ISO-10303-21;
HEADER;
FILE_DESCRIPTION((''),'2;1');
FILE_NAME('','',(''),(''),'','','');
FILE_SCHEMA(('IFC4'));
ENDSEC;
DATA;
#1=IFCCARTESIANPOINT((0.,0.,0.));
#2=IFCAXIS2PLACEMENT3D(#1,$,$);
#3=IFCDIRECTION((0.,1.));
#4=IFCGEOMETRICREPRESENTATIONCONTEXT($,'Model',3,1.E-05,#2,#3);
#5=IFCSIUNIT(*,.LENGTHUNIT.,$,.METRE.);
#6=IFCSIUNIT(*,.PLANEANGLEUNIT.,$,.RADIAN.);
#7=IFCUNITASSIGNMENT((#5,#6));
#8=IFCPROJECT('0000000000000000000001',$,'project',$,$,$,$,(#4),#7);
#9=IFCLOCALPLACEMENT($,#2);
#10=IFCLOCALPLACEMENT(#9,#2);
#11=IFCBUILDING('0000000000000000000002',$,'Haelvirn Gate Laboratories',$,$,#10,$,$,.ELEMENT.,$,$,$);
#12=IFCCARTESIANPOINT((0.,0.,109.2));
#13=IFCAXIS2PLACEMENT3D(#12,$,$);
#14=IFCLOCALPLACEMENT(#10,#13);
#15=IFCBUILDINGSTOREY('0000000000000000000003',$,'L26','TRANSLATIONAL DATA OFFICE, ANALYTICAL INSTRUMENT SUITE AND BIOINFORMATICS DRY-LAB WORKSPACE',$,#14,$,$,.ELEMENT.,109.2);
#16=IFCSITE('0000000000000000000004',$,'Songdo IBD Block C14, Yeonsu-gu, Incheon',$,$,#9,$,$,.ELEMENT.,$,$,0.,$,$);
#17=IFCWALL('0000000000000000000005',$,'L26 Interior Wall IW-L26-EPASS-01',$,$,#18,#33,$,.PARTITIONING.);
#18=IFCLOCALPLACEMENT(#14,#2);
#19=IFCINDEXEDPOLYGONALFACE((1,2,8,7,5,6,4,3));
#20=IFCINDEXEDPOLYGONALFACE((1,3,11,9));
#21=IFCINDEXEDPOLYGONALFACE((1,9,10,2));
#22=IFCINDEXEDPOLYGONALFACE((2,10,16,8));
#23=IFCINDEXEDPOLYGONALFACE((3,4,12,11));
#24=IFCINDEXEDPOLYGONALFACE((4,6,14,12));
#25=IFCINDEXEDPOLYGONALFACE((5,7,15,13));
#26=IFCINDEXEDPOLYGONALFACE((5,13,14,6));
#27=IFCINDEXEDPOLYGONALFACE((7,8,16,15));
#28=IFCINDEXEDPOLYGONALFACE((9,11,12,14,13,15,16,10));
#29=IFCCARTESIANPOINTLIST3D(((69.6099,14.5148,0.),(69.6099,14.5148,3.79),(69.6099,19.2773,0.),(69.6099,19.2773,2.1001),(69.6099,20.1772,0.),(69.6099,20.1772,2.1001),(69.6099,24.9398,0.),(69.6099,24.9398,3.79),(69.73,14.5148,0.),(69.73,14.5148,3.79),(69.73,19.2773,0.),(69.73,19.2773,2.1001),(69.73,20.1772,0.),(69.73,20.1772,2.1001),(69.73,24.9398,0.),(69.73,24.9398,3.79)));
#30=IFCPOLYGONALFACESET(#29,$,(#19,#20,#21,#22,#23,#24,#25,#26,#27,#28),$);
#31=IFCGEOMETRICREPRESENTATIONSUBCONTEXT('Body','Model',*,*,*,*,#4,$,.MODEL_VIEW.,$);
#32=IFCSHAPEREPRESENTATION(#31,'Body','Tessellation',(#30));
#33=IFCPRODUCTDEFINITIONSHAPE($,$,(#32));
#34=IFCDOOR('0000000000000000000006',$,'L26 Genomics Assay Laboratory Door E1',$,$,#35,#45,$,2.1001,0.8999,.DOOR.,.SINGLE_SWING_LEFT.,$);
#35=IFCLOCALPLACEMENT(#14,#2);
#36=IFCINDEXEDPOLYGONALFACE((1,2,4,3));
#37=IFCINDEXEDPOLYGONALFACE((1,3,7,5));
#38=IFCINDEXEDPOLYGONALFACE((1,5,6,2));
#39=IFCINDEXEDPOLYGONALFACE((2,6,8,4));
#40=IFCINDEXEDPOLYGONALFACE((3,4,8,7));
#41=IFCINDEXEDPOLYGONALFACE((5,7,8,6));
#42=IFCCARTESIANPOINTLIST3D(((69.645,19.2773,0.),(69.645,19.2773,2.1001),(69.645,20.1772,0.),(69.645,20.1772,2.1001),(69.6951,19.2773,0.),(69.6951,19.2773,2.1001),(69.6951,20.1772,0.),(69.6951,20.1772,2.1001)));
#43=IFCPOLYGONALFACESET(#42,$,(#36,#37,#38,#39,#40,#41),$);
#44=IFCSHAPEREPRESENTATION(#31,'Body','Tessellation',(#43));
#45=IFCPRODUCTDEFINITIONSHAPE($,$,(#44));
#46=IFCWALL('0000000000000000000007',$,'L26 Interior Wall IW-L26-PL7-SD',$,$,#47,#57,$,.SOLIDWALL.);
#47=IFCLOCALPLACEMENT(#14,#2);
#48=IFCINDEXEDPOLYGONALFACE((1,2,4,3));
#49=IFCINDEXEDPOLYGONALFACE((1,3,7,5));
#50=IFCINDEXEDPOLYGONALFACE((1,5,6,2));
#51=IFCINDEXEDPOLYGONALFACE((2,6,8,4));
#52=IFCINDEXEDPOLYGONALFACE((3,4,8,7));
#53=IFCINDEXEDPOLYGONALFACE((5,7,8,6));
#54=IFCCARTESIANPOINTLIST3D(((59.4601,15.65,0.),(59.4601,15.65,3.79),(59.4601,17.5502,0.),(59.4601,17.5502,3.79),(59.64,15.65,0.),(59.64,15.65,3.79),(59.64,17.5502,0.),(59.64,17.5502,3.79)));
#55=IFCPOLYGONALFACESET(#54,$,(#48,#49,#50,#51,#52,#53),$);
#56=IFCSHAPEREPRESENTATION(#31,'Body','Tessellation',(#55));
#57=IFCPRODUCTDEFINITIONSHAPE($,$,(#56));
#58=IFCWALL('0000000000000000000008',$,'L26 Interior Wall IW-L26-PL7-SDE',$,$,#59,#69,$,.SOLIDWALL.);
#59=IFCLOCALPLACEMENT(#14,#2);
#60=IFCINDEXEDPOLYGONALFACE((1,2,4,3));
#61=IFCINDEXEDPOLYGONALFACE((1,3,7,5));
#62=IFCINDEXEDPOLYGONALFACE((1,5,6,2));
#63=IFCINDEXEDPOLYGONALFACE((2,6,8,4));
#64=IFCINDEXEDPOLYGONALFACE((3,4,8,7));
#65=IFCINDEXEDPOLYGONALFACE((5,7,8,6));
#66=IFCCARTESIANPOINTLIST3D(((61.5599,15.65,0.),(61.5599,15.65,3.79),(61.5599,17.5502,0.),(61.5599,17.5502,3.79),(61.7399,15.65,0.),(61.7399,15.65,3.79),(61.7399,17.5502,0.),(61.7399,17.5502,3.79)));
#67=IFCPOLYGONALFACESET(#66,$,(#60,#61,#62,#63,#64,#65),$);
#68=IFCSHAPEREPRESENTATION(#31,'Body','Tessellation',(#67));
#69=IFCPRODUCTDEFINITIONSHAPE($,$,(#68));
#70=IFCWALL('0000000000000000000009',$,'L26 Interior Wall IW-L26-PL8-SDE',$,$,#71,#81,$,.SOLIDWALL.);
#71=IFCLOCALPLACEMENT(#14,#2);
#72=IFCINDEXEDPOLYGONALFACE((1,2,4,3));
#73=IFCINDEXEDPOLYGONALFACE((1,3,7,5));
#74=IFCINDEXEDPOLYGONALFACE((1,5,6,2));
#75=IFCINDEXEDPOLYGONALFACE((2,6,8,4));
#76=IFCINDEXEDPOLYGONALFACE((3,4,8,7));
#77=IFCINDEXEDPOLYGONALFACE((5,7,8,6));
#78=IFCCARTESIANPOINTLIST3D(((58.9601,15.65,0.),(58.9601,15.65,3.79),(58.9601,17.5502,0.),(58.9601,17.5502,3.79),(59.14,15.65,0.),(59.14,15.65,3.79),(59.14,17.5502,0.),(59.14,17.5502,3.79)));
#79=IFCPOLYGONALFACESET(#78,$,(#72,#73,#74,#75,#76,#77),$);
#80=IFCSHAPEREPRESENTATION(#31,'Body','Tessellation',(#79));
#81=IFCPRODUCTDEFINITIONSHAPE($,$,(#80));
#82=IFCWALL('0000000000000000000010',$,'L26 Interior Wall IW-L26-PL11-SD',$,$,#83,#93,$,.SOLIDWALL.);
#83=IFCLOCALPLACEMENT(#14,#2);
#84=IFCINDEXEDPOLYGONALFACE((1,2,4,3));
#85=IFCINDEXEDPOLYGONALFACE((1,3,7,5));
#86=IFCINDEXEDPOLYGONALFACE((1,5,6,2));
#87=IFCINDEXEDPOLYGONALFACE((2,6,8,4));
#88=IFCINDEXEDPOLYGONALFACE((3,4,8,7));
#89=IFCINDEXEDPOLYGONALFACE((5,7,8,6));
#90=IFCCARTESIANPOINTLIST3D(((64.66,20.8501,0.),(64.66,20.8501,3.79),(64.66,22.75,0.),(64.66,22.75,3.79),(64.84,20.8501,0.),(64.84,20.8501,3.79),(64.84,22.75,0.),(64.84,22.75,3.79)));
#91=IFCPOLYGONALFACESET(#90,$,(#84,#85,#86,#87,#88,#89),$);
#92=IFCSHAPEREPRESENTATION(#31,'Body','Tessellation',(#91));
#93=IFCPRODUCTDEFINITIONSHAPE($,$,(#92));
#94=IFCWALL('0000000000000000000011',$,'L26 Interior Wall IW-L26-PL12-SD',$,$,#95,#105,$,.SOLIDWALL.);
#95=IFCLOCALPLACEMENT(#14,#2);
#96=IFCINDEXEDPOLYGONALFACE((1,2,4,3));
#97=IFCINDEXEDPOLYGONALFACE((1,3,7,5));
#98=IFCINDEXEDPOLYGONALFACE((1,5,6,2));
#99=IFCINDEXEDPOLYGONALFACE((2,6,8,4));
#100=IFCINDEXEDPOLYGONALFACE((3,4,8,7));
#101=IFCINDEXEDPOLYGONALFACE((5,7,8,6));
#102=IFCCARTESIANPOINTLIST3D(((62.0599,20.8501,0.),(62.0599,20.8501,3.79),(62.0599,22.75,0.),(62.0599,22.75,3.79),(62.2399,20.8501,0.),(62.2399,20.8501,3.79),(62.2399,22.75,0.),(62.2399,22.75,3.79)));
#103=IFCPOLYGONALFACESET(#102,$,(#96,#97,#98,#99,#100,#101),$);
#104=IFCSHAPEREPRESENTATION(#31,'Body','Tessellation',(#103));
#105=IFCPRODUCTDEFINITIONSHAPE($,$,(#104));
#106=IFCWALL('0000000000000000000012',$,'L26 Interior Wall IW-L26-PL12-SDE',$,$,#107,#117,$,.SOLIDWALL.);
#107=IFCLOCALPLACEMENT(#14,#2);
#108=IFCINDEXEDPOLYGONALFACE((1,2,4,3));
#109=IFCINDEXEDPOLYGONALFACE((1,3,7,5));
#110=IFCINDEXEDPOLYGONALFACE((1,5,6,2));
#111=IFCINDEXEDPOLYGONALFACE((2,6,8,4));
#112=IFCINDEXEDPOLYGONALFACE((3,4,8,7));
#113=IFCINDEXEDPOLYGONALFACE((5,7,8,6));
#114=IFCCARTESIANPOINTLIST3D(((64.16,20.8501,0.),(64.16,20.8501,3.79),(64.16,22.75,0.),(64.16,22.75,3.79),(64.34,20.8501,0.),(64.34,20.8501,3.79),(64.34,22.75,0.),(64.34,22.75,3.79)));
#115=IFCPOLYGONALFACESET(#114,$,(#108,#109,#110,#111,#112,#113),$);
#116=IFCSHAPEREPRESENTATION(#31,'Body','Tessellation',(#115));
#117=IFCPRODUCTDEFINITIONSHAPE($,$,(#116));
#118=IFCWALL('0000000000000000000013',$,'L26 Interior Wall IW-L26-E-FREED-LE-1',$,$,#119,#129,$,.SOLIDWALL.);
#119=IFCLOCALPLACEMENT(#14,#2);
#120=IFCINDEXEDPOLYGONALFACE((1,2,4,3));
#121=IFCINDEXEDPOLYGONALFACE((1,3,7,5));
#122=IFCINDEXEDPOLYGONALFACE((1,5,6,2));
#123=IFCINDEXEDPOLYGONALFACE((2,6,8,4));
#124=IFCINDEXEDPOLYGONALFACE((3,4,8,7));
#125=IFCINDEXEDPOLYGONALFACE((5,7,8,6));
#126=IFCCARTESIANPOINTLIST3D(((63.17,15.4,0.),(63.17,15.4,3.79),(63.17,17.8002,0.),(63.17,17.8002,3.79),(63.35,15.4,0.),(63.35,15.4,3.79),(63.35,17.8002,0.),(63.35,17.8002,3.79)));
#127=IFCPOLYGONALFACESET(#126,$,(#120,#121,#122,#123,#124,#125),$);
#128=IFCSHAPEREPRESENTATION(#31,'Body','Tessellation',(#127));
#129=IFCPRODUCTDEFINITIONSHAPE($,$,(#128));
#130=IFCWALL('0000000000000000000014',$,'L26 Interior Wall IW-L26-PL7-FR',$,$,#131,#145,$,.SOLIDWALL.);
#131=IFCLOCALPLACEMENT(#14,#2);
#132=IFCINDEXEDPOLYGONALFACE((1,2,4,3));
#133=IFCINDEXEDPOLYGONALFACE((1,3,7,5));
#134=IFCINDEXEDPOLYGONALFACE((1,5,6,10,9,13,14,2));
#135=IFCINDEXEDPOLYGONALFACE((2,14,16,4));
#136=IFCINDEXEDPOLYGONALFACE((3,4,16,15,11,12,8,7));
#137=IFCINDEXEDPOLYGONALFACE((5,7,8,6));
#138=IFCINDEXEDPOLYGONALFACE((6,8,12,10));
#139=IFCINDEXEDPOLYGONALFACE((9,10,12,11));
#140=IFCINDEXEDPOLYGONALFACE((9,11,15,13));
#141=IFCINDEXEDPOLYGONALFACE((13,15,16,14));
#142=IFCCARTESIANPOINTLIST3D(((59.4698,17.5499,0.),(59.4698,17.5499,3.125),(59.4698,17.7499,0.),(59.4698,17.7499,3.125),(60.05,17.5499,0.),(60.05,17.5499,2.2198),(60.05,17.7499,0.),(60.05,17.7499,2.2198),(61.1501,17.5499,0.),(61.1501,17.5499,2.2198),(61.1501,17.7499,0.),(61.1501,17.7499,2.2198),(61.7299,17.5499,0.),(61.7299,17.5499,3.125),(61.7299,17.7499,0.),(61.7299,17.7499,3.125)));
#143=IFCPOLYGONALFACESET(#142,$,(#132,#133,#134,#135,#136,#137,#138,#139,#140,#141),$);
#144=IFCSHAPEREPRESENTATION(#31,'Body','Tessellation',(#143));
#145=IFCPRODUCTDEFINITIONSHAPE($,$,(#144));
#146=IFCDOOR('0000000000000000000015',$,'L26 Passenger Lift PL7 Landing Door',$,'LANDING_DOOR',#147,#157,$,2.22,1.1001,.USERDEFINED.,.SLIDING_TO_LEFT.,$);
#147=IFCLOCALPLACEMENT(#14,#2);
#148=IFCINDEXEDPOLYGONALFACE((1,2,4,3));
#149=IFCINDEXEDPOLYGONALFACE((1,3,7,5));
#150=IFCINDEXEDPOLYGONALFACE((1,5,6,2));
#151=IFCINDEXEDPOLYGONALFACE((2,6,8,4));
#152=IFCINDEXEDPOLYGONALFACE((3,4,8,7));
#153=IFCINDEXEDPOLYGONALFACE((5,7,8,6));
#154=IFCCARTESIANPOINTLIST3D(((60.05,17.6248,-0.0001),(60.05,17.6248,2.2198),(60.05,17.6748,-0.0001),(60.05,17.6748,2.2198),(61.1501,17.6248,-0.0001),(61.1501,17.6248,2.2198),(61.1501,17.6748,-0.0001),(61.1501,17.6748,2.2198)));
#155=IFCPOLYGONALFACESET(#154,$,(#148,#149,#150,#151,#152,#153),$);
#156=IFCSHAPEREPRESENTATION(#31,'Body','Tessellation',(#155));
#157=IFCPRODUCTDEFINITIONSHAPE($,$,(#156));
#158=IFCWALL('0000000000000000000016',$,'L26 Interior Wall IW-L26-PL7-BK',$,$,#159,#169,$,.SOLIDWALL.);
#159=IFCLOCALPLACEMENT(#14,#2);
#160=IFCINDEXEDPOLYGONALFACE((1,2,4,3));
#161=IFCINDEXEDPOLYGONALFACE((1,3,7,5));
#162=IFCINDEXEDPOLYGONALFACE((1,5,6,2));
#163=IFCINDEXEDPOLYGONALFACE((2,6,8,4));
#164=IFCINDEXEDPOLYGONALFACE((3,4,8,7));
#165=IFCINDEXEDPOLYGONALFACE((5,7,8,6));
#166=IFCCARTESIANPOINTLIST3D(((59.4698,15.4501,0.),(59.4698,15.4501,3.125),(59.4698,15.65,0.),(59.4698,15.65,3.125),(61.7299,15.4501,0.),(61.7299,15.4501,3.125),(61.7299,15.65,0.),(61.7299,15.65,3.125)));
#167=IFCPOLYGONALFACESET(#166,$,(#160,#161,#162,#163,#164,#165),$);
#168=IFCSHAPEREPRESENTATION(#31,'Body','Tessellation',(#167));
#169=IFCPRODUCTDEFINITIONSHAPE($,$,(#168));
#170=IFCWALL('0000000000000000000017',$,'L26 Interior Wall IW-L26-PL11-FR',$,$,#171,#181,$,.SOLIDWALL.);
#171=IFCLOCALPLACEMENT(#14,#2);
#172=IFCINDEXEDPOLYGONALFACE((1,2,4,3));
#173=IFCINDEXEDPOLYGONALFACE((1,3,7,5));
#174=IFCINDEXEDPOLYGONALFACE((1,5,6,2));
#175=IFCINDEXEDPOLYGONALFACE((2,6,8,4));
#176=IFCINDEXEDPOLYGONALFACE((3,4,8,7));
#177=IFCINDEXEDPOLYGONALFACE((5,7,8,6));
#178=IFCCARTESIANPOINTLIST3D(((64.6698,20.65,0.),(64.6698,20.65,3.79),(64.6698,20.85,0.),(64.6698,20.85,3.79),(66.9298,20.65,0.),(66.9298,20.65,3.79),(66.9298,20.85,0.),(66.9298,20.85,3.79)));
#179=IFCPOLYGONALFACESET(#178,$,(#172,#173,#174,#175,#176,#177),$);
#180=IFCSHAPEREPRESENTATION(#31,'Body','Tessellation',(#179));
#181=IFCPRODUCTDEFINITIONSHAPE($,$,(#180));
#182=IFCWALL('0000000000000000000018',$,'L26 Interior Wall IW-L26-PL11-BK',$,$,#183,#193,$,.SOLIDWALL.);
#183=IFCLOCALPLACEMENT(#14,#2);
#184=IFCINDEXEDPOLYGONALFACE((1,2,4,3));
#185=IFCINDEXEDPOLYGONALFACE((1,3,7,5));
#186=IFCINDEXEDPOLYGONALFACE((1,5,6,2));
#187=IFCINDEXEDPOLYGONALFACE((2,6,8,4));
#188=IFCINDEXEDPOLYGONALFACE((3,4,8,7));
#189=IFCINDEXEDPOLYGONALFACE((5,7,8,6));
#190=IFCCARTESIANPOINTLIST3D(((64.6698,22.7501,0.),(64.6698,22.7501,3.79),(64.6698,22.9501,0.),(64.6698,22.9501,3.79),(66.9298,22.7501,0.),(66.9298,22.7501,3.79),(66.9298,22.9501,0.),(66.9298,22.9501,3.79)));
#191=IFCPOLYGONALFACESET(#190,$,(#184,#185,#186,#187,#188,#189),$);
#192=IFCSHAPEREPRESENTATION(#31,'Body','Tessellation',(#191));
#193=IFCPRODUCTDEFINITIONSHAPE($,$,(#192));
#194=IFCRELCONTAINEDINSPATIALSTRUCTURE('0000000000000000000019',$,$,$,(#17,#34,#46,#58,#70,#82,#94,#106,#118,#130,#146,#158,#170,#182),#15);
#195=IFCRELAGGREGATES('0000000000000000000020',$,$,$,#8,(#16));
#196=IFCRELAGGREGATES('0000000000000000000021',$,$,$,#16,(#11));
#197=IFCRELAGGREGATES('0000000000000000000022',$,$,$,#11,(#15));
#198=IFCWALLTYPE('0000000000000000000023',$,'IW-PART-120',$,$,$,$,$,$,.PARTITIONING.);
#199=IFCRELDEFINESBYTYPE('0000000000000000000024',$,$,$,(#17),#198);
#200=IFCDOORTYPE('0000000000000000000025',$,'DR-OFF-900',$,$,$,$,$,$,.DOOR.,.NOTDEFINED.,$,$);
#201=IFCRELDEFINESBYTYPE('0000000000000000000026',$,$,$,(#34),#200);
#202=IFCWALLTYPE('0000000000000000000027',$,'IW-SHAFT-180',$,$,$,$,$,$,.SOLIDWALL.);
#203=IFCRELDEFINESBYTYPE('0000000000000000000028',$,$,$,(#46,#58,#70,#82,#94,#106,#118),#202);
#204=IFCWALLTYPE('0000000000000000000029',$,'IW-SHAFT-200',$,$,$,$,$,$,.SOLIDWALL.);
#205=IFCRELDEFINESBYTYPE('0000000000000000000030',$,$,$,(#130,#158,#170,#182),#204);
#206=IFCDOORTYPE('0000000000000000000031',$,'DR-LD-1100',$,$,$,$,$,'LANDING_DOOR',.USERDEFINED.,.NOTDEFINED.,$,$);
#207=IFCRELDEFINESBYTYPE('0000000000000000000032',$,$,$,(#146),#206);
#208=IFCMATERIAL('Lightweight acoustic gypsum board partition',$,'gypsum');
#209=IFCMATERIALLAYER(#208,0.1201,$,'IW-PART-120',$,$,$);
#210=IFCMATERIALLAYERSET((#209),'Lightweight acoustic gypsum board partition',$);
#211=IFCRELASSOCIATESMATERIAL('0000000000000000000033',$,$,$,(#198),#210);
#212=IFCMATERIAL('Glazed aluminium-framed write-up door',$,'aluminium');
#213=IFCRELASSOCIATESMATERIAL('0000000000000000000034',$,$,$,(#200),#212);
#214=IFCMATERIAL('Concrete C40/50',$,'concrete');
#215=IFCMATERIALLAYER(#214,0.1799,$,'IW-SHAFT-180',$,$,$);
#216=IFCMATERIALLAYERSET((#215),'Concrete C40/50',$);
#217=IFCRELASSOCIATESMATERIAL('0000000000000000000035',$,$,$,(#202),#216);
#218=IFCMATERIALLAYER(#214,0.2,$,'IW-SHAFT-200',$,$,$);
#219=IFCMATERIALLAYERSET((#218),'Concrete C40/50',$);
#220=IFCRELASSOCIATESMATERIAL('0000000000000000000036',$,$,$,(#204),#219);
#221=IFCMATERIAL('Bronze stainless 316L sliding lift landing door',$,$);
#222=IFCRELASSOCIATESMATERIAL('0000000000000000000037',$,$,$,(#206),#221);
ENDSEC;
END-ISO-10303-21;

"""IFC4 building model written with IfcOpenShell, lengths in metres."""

from ifc_helpers import new_model, si_unit, direction, frame, frame_2d, origin, place, context, subcontext, project, spatial, rectangle, extrude, source, transform, mapped, material, layer, layer_set, type_object, type_shapes, element, fill, save


model = new_model("IFC4")

# Units and contexts
model_context = context("Model", 3, precision=1e-05, world=origin(), true_north=direction((0.0, 1.0)))
body_context = subcontext(model_context, "Body", "Model", "MODEL_VIEW")
ifc_project = project(units=[si_unit("LENGTHUNIT", "METRE"), si_unit("PLANEANGLEUNIT", "RADIAN")], contexts=[model_context])

# Site, building, storey
site_placement = place(None, origin())
site = spatial("IfcSite", under=ifc_project, at=site_placement, Name="Songdo IBD Block C14, Yeonsu-gu, Incheon", CompositionType="ELEMENT", RefElevation=0.0)
building_placement = place(site_placement, origin())
building = spatial("IfcBuilding", under=site, at=building_placement, Name="Haelvirn Gate Laboratories", CompositionType="ELEMENT")
storey_placement = place(building_placement, frame((0.0, 0.0, 109.2)))
storey = spatial("IfcBuildingStorey", under=building, at=storey_placement, Name="L26", Description="TRANSLATIONAL DATA OFFICE, ANALYTICAL INSTRUMENT SUITE AND BIOINFORMATICS DRY-LAB WORKSPACE", CompositionType="ELEMENT", Elevation=109.2)

# Shared definitions
ifc_material_1 = material(Name="Lightweight acoustic gypsum board partition", Category="gypsum")
ifc_layer_1 = layer(ifc_material_1, 0.1201, Name="IW-PART-120")
ifc_layer_set_1 = layer_set([ifc_layer_1], Name="Lightweight acoustic gypsum board partition")
wall_type_1 = type_object("IfcWallType", Name="IW-PART-120", PredefinedType="PARTITIONING", material=ifc_layer_set_1)

# Wall, opening, door
wall_1_placement = place(storey_placement, frame((69.6699, 14.5149, 0.0), z_axis=(0.0, 0.0, 1.0), x_axis=(0.0, 1.0, 0.0)))
wall_1 = element("IfcWall", 1, at=wall_1_placement, inside=storey, type_object=wall_type_1, Name="L26 Interior Wall IW-L26-EPASS-01", PredefinedType="PARTITIONING", context=body_context, shape_type="SweptSolid", body=[
    extrude(rectangle(XDim=10.425, YDim=0.1201, at=frame_2d((5.2124, 0.0))), origin(), (0.0, 0.0, 1.0), 3.79),
])
opening_1_placement = place(wall_1_placement, frame((4.7625, 0.0, 0.0)))
opening_1 = element("IfcOpeningElement", 2, at=opening_1_placement, cuts=wall_1, PredefinedType="OPENING", context=body_context, shape_type="SweptSolid", body=[
    extrude(rectangle(XDim=0.8999, YDim=2.1001, at=frame_2d((0.45, 1.05))), frame((0.0, 0.0701, 0.0), z_axis=(0.0, -1.0, 0.0), x_axis=(1.0, 0.0, 0.0)), (0.0, 0.0, 1.0), 0.1401),
])
ifc_material_2 = material(Name="Glazed aluminium-framed write-up door", Category="aluminium")
door_type_1 = type_object("IfcDoorType", Name="DR-OFF-900", OperationType="NOTDEFINED", PredefinedType="DOOR", material=ifc_material_2)
shared_shape_1 = source(origin(), body_context, "Body", "SweptSolid", [
    extrude(rectangle(XDim=0.8999, YDim=2.1001, at=frame_2d((0.45, 1.05))), frame((0.0, 0.0249, 0.0), z_axis=(0.0, -1.0, 0.0), x_axis=(1.0, 0.0, 0.0)), (0.0, 0.0, 1.0), 0.05),
])
type_shapes(door_type_1, [shared_shape_1])
door_1_placement = place(opening_1_placement, origin())
door_1 = element("IfcDoor", 3, at=door_1_placement, inside=storey, type_object=door_type_1, Name="L26 Genomics Assay Laboratory Door E1", OperationType="SINGLE_SWING_LEFT", OverallHeight=2.1001, OverallWidth=0.8999, PredefinedType="DOOR", context=body_context, shape_type="MappedRepresentation", body=[
    mapped(shared_shape_1, transform((0.0, 0.0, 0.0), scale=1.0)),
])
fill(opening_1, door_1)

# Walls
ifc_material_3 = material(Name="Concrete C40/50", Category="concrete")
ifc_layer_2 = layer(ifc_material_3, 0.1799, Name="IW-SHAFT-180")
ifc_layer_set_2 = layer_set([ifc_layer_2], Name="Concrete C40/50")
wall_type_2 = type_object("IfcWallType", Name="IW-SHAFT-180", PredefinedType="SOLIDWALL", material=ifc_layer_set_2)
for number, where, z_axis, x_axis, name in (
    (4, (59.55, 15.6499, 0.0), (0.0, 0.0, 1.0), (0.0, 1.0, 0.0), "L26 Interior Wall IW-L26-PL7-SD"),
    (5, (61.6499, 15.6499, 0.0), (0.0, 0.0, 1.0), (0.0, 1.0, 0.0), "L26 Interior Wall IW-L26-PL7-SDE"),
    (6, (59.05, 15.6499, 0.0), (0.0, 0.0, 1.0), (0.0, 1.0, 0.0), "L26 Interior Wall IW-L26-PL8-SDE"),
):
    element("IfcWall", number, at=place(storey_placement, frame(where, z_axis=z_axis, x_axis=x_axis)), inside=storey, type_object=wall_type_2, Name=name, PredefinedType="SOLIDWALL", context=body_context, shape_type="SweptSolid", body=[
        extrude(rectangle(XDim=1.9001, YDim=0.1799, at=frame_2d((0.9502, 0.0))), origin(), (0.0, 0.0, 1.0), 3.79),
    ])
for number, where, z_axis, x_axis, name in (
    (7, (64.75, 20.8501, 0.0), (0.0, 0.0, 1.0), (0.0, 1.0, 0.0), "L26 Interior Wall IW-L26-PL11-SD"),
    (8, (62.1499, 20.8501, 0.0), (0.0, 0.0, 1.0), (0.0, 1.0, 0.0), "L26 Interior Wall IW-L26-PL12-SD"),
    (9, (64.25, 20.8501, 0.0), (0.0, 0.0, 1.0), (0.0, 1.0, 0.0), "L26 Interior Wall IW-L26-PL12-SDE"),
):
    element("IfcWall", number, at=place(storey_placement, frame(where, z_axis=z_axis, x_axis=x_axis)), inside=storey, type_object=wall_type_2, Name=name, PredefinedType="SOLIDWALL", context=body_context, shape_type="SweptSolid", body=[
        extrude(rectangle(XDim=1.8999, YDim=0.1799, at=frame_2d((0.95, 0.0))), origin(), (0.0, 0.0, 1.0), 3.79),
    ])

# Wall
wall_2_placement = place(storey_placement, frame((63.26, 15.3999, 0.0), z_axis=(0.0, 0.0, 1.0), x_axis=(0.0, 1.0, 0.0)))
element("IfcWall", 10, at=wall_2_placement, inside=storey, type_object=wall_type_2, Name="L26 Interior Wall IW-L26-E-FREED-LE-1", PredefinedType="SOLIDWALL", context=body_context, shape_type="SweptSolid", body=[
    extrude(rectangle(XDim=2.4001, YDim=0.1799, at=frame_2d((1.2002, 0.0))), origin(), (0.0, 0.0, 1.0), 3.79),
])

# Wall, opening, door
ifc_layer_3 = layer(ifc_material_3, 0.2, Name="IW-SHAFT-200")
ifc_layer_set_3 = layer_set([ifc_layer_3], Name="Concrete C40/50")
wall_type_3 = type_object("IfcWallType", Name="IW-SHAFT-200", PredefinedType="SOLIDWALL", material=ifc_layer_set_3)
wall_3_placement = place(storey_placement, frame((59.47, 17.6499, 0.0), z_axis=(0.0, 0.0, 1.0), x_axis=(1.0, 0.0, 0.0)))
wall_3 = element("IfcWall", 11, at=wall_3_placement, inside=storey, type_object=wall_type_3, Name="L26 Interior Wall IW-L26-PL7-FR", PredefinedType="SOLIDWALL", context=body_context, shape_type="SweptSolid", body=[
    extrude(rectangle(XDim=2.26, YDim=0.2, at=frame_2d((1.1299, 0.0))), origin(), (0.0, 0.0, 1.0), 3.125),
])
opening_2_placement = place(wall_3_placement, frame((0.5801, 0.0, 0.0)))
opening_2 = element("IfcOpeningElement", 12, at=opening_2_placement, cuts=wall_3, PredefinedType="OPENING", context=body_context, shape_type="SweptSolid", body=[
    extrude(rectangle(XDim=1.1001, YDim=2.22, at=frame_2d((0.55, 1.1099))), frame((0.0, 0.1099, 0.0), z_axis=(0.0, -1.0, 0.0), x_axis=(1.0, 0.0, 0.0)), (0.0, 0.0, 1.0), 0.22),
])
ifc_material_4 = material(Name="Bronze stainless 316L sliding lift landing door")
door_type_2 = type_object("IfcDoorType", Name="DR-LD-1100", ElementType="LANDING_DOOR", OperationType="NOTDEFINED", PredefinedType="USERDEFINED", material=ifc_material_4)
shared_shape_2 = source(origin(), body_context, "Body", "SweptSolid", [
    extrude(rectangle(XDim=1.1001, YDim=2.22, at=frame_2d((0.55, 1.1099))), frame((0.0, 0.0249, 0.0), z_axis=(0.0, -1.0, 0.0), x_axis=(1.0, 0.0, 0.0)), (0.0, 0.0, 1.0), 0.05),
])
type_shapes(door_type_2, [shared_shape_2])
door_2_placement = place(opening_2_placement, origin())
door_2 = element("IfcDoor", 13, at=door_2_placement, inside=storey, type_object=door_type_2, Name="L26 Passenger Lift PL7 Landing Door", ObjectType="LANDING_DOOR", OperationType="SLIDING_TO_LEFT", OverallHeight=2.22, OverallWidth=1.1001, PredefinedType="USERDEFINED", context=body_context, shape_type="MappedRepresentation", body=[
    mapped(shared_shape_2, transform((0.0, 0.0, 0.0), scale=1.0)),
])
fill(opening_2, door_2)

# Walls
wall_4_placement = place(storey_placement, frame((59.47, 15.55, 0.0), z_axis=(0.0, 0.0, 1.0), x_axis=(1.0, 0.0, 0.0)))
element("IfcWall", 14, at=wall_4_placement, inside=storey, type_object=wall_type_3, Name="L26 Interior Wall IW-L26-PL7-BK", PredefinedType="SOLIDWALL", context=body_context, shape_type="SweptSolid", body=[
    extrude(rectangle(XDim=2.26, YDim=0.2, at=frame_2d((1.1299, 0.0))), origin(), (0.0, 0.0, 1.0), 3.125),
])
for number, where, z_axis, x_axis, name in (
    (15, (64.6699, 20.75, 0.0), (0.0, 0.0, 1.0), (1.0, 0.0, 0.0), "L26 Interior Wall IW-L26-PL11-FR"),
    (16, (64.6699, 22.8501, 0.0), (0.0, 0.0, 1.0), (1.0, 0.0, 0.0), "L26 Interior Wall IW-L26-PL11-BK"),
):
    element("IfcWall", number, at=place(storey_placement, frame(where, z_axis=z_axis, x_axis=x_axis)), inside=storey, type_object=wall_type_3, Name=name, PredefinedType="SOLIDWALL", context=body_context, shape_type="SweptSolid", body=[
        extrude(rectangle(XDim=2.26, YDim=0.2, at=frame_2d((1.1299, 0.0))), origin(), (0.0, 0.0, 1.0), 3.79),
    ])

save(model, "model.ifc")
